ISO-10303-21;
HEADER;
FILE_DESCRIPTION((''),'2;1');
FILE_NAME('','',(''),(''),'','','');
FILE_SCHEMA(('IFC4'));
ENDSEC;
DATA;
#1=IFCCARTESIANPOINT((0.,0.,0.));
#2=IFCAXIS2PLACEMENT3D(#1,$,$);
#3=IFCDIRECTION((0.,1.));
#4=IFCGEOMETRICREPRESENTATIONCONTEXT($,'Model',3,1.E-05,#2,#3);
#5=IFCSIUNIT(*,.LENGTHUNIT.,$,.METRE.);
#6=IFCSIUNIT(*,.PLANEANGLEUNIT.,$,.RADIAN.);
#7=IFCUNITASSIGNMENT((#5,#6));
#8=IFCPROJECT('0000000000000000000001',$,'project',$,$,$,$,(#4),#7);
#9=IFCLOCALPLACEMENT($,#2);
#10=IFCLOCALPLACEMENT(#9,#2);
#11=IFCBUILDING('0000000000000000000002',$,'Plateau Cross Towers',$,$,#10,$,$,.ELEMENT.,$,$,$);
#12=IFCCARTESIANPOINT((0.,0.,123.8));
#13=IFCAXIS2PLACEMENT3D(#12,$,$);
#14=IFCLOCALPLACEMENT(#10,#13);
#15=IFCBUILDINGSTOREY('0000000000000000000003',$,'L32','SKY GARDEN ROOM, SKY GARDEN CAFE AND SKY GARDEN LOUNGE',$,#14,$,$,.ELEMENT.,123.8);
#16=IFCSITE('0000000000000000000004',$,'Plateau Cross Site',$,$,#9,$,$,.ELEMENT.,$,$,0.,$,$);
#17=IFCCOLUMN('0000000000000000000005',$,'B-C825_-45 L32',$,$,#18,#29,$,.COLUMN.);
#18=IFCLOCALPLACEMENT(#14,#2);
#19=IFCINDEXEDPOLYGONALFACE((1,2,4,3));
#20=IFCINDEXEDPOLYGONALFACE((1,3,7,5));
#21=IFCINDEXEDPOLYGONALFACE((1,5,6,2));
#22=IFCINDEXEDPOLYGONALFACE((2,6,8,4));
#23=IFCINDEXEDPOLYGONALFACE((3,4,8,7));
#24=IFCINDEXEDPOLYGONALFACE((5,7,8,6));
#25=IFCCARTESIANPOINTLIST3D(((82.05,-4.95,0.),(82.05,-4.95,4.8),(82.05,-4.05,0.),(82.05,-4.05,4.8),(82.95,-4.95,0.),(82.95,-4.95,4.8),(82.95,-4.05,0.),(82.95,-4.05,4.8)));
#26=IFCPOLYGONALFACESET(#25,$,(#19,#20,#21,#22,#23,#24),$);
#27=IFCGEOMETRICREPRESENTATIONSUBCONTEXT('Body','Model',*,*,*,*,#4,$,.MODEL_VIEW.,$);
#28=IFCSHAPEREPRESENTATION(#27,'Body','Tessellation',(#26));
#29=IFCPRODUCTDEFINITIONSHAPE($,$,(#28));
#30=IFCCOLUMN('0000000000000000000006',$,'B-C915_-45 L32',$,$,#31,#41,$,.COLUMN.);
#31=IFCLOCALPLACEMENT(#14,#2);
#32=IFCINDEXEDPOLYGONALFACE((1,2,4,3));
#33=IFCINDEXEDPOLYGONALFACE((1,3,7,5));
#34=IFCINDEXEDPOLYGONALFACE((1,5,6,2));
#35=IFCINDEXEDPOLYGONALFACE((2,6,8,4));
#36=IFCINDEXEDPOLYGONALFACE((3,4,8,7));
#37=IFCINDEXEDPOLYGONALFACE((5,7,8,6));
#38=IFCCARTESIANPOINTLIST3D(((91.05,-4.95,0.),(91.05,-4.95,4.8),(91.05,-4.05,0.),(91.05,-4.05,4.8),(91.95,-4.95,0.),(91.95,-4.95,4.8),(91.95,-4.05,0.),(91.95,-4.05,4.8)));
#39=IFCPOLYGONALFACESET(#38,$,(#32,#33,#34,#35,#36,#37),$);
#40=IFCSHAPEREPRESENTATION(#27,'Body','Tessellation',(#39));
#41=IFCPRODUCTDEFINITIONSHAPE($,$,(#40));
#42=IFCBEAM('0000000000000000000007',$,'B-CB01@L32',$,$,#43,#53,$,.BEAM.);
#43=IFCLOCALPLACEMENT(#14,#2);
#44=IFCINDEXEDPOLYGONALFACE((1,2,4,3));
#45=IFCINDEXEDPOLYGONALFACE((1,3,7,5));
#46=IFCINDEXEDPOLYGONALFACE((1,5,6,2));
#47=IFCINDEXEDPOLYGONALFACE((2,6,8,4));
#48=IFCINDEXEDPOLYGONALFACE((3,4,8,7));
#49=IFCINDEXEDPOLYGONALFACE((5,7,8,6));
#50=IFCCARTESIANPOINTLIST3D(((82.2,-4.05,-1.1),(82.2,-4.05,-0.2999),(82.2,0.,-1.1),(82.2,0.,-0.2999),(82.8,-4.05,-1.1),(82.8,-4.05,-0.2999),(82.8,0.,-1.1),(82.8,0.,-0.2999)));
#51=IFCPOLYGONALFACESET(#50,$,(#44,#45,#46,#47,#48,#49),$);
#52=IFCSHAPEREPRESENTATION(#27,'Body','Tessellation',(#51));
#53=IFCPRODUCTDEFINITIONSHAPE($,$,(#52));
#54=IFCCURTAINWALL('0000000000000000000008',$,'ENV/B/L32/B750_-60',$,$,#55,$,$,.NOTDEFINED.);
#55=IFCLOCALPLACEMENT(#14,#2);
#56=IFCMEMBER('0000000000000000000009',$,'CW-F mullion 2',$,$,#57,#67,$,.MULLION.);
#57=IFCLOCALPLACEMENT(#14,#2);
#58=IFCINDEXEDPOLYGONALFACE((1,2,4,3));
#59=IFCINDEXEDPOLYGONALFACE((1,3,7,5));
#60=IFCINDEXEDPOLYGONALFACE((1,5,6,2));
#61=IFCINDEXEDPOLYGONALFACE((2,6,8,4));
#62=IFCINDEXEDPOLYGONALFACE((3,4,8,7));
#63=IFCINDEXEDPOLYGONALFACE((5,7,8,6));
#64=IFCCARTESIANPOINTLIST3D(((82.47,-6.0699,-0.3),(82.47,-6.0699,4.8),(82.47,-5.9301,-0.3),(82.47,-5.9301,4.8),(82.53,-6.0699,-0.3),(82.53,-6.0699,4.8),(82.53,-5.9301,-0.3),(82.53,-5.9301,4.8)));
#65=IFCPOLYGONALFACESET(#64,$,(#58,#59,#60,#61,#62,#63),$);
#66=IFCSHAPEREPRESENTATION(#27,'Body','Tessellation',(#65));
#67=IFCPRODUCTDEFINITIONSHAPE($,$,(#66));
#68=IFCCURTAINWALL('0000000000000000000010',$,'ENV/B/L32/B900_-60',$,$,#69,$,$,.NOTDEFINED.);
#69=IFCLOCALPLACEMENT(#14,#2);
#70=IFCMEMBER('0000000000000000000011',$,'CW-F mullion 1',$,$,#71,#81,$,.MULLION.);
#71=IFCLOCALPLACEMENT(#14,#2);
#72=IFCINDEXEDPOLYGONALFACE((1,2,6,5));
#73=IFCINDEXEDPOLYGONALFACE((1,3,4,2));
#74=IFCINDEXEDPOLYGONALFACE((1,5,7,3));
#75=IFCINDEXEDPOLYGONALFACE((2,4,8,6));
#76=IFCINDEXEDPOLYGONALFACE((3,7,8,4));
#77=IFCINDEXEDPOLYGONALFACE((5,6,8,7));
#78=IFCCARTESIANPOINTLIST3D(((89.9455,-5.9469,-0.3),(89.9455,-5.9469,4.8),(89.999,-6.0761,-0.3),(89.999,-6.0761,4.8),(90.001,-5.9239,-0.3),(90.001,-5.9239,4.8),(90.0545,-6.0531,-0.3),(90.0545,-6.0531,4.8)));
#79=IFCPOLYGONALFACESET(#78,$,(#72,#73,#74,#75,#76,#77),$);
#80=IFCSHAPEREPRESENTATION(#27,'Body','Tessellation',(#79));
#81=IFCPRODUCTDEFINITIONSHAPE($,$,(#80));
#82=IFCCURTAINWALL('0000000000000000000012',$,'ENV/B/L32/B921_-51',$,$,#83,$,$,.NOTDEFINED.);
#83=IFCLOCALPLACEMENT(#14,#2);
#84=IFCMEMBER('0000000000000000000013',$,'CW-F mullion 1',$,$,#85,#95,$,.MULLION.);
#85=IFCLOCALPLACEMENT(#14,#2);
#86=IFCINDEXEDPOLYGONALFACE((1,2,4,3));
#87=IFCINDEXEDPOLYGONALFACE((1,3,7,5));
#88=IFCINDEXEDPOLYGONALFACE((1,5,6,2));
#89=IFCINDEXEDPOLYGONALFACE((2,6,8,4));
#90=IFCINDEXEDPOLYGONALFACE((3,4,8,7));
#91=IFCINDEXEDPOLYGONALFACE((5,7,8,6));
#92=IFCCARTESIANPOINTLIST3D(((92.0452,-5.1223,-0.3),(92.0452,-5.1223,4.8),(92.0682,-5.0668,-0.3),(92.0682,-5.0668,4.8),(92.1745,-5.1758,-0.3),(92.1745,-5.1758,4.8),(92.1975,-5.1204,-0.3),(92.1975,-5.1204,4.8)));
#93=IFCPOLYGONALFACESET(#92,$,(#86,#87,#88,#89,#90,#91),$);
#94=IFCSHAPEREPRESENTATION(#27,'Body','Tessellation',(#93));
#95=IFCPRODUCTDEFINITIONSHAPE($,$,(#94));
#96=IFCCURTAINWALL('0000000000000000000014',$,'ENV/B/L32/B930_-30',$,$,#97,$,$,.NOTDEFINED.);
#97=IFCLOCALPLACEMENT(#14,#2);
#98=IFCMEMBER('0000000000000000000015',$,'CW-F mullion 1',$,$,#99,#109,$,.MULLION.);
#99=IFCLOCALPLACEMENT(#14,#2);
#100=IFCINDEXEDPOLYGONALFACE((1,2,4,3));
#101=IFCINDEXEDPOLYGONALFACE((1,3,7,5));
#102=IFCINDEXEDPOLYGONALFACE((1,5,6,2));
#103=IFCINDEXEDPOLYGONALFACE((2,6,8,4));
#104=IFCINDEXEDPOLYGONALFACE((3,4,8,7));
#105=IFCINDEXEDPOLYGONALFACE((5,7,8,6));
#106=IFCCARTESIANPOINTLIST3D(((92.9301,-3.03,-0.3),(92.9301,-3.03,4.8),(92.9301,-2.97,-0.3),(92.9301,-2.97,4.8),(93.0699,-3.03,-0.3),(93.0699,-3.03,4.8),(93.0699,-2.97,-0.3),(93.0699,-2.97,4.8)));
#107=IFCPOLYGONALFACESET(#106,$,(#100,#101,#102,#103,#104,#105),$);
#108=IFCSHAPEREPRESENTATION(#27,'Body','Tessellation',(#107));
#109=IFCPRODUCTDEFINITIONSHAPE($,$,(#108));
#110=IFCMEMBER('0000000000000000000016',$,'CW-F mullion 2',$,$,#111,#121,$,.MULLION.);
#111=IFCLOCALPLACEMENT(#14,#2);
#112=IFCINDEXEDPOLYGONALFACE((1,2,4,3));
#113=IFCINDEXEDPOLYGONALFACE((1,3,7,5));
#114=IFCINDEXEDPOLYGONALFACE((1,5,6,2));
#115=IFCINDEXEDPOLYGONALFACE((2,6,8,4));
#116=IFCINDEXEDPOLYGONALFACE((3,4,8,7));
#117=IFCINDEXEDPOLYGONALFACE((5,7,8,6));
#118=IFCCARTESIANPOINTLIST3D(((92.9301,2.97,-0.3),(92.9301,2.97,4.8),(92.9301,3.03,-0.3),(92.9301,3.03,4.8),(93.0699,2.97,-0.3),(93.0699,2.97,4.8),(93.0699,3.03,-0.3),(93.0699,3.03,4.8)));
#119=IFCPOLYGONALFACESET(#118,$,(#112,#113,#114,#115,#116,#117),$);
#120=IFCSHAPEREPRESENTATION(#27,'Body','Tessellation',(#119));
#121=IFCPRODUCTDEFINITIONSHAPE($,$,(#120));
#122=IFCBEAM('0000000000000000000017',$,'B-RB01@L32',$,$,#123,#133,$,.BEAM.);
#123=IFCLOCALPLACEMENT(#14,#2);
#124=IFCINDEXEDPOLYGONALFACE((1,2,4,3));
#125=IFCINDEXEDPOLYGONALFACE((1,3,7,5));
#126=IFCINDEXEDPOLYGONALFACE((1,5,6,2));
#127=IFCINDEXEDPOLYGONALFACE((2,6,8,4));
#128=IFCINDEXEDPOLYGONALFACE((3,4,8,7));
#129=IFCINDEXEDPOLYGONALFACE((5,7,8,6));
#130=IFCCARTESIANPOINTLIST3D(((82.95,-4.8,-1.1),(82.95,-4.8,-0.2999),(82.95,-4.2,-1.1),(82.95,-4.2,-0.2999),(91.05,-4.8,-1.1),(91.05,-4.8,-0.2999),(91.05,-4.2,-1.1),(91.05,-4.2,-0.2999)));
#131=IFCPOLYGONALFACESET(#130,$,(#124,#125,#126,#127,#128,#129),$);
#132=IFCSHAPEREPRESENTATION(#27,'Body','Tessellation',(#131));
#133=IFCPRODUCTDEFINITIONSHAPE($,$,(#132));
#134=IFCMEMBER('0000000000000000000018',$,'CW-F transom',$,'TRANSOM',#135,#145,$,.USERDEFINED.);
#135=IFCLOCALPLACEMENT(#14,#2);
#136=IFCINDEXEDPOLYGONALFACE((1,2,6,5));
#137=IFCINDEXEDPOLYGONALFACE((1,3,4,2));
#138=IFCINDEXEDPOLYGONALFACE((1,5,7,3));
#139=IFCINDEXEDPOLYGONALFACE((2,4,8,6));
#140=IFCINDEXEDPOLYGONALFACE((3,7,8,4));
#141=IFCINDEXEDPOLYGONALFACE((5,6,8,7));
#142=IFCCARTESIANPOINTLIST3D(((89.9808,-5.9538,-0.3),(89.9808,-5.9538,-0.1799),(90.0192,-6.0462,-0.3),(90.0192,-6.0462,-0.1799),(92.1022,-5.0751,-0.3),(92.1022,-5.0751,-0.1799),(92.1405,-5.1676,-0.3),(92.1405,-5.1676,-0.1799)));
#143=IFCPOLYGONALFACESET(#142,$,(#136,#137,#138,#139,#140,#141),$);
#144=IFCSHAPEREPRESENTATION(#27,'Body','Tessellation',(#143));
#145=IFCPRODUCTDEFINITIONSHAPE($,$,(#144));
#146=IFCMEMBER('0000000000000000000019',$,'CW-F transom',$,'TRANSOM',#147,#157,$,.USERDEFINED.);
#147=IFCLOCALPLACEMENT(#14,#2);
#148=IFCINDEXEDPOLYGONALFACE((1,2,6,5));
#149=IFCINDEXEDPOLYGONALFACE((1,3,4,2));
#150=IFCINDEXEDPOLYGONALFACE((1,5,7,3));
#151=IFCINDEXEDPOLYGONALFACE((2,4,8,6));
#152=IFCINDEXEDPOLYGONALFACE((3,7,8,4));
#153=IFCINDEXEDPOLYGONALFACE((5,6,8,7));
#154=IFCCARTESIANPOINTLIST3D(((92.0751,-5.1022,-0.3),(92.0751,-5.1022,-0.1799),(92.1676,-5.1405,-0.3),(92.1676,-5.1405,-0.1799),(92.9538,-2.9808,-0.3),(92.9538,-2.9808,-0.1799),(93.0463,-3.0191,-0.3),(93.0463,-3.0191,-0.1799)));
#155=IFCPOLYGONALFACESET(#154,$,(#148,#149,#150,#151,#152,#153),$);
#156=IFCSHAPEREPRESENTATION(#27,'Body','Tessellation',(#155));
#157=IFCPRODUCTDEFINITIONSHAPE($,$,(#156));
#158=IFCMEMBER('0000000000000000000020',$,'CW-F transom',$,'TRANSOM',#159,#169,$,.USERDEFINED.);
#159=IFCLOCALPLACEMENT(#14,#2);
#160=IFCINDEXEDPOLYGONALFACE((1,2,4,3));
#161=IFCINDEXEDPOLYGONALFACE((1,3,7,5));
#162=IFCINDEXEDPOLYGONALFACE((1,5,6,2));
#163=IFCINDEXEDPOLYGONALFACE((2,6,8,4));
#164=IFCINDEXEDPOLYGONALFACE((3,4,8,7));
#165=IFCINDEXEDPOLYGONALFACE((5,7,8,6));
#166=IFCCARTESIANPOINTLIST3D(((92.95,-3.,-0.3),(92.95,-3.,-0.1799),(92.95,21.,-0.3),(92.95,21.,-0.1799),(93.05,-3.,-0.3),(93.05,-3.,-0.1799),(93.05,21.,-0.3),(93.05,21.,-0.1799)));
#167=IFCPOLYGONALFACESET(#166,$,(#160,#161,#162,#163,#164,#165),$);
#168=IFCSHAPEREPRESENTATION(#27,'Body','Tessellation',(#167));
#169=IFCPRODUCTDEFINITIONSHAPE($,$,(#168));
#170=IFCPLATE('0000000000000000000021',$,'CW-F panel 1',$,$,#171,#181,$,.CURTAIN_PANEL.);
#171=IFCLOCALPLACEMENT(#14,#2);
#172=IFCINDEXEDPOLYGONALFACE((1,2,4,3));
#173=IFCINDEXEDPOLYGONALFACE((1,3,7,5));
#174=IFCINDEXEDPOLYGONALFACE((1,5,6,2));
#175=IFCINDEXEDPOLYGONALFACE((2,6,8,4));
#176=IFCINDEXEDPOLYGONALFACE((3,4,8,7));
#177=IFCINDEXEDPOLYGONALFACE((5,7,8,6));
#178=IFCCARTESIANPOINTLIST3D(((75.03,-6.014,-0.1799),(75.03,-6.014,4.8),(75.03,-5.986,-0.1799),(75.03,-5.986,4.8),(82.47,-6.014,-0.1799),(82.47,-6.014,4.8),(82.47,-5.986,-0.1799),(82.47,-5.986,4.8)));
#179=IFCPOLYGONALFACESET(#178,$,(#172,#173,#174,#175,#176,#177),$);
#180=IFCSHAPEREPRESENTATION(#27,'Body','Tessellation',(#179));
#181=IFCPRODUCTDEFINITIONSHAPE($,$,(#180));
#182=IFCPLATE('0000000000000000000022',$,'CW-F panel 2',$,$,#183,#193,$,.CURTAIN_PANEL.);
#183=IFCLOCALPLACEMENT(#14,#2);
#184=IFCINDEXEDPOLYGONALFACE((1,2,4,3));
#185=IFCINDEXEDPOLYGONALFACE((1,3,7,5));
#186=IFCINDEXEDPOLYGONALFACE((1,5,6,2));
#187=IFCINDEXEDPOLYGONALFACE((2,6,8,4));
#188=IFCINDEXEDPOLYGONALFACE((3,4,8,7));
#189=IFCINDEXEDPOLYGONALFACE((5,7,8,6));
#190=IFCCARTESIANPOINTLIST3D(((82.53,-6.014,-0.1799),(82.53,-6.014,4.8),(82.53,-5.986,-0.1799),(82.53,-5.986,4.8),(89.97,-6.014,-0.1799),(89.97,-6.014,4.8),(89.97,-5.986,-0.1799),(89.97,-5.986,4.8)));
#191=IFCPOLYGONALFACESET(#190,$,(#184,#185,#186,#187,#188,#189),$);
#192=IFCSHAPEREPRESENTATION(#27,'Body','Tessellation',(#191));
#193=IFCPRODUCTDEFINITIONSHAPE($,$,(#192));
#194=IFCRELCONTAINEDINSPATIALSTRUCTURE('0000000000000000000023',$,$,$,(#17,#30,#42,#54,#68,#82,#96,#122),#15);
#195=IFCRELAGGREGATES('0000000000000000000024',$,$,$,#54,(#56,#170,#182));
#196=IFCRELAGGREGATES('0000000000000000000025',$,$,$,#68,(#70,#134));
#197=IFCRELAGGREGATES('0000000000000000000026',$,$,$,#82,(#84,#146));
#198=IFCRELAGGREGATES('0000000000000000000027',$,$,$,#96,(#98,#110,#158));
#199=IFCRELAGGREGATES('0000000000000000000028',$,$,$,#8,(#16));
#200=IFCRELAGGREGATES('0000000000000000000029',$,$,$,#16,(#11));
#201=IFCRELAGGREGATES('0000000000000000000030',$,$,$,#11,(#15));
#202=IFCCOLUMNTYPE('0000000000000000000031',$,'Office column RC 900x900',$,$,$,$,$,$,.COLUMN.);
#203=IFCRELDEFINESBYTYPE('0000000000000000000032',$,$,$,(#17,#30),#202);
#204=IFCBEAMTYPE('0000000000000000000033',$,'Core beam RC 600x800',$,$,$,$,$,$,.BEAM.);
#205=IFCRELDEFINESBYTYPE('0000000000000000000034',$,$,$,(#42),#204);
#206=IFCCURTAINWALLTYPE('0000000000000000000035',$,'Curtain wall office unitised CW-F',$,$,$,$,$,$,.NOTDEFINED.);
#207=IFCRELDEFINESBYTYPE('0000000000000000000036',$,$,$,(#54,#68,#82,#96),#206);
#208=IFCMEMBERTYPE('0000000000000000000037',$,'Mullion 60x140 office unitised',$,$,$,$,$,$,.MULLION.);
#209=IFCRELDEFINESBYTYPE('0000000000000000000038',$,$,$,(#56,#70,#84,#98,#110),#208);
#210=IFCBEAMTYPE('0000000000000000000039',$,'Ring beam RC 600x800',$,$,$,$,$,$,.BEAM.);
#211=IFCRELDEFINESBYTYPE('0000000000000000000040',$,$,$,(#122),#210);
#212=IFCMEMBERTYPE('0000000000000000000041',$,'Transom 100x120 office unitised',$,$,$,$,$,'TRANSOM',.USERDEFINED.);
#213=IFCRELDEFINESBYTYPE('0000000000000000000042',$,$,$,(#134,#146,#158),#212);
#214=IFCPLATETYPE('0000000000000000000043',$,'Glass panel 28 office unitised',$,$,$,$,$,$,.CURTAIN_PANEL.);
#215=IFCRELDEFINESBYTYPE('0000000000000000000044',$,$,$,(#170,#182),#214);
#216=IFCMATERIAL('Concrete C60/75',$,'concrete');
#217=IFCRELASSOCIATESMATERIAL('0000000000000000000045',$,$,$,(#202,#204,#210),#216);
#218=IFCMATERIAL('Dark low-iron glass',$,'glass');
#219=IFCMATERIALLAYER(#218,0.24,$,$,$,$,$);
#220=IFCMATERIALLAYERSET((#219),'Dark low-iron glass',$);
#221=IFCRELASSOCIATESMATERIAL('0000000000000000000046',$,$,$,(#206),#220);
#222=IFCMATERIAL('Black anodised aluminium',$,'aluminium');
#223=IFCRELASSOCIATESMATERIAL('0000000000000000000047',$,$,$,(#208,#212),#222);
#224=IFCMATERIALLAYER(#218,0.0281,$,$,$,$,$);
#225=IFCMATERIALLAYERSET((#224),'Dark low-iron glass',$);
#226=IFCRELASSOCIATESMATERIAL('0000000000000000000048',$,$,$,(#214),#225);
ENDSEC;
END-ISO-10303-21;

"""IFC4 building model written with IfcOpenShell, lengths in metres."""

from ifc_helpers import new_model, si_unit, direction, frame, origin, origin_2d, place, context, subcontext, project, spatial, rectangle, extrude, material, layer, layer_set, material_profile, profile_set, type_object, element, aggregate, save


model = new_model("IFC4")

# Units and contexts
model_context = context("Model", 3, precision=1e-05, world=origin(), true_north=direction((0.0, 1.0)))
body_context = subcontext(model_context, "Body", "Model", "MODEL_VIEW")
ifc_project = project(units=[si_unit("LENGTHUNIT", "METRE"), si_unit("PLANEANGLEUNIT", "RADIAN")], contexts=[model_context])

# Site, building, storey
site_placement = place(None, origin())
site = spatial("IfcSite", under=ifc_project, at=site_placement, Name="Plateau Cross Site", CompositionType="ELEMENT", RefElevation=0.0)
building_placement = place(site_placement, origin())
building = spatial("IfcBuilding", under=site, at=building_placement, Name="Plateau Cross Towers", CompositionType="ELEMENT")
storey_placement = place(building_placement, frame((0.0, 0.0, 123.8)))
storey = spatial("IfcBuildingStorey", under=building, at=storey_placement, Name="L32", Description="SKY GARDEN ROOM, SKY GARDEN CAFE AND SKY GARDEN LOUNGE", CompositionType="ELEMENT", Elevation=123.8)

# Columns
ifc_material_1 = material(Name="Concrete C60/75", Category="concrete")
ifc_material_profile_1 = material_profile(ifc_material_1, rectangle(XDim=0.8999, YDim=0.8999, at=origin_2d()), Name="RC 900x900")
ifc_profile_set_1 = profile_set([ifc_material_profile_1], Name="Concrete C60/75")
column_type = type_object("IfcColumnType", Name="Office column RC 900x900", PredefinedType="COLUMN", material=ifc_profile_set_1)
for number, where, z_axis, x_axis, name in (
    (1, (82.5, -4.5, 0.0), (0.0, 0.0, 1.0), (1.0, 0.0, 0.0), "B-C825_-45 L32"),
    (2, (91.5, -4.5, 0.0), (0.0, 0.0, 1.0), (1.0, 0.0, 0.0), "B-C915_-45 L32"),
):
    element("IfcColumn", number, at=place(storey_placement, frame(where, z_axis=z_axis, x_axis=x_axis)), inside=storey, type_object=column_type, Name=name, PredefinedType="COLUMN", context=body_context, shape_type="SweptSolid", body=[
        extrude(rectangle(XDim=0.8999, YDim=0.8999, at=origin_2d()), origin(), (0.0, 0.0, 1.0), 4.8),
    ])

# Beam
ifc_material_profile_2 = material_profile(ifc_material_1, rectangle(XDim=0.6001, YDim=0.8, at=origin_2d()), Name="RC 600x800")
ifc_profile_set_2 = profile_set([ifc_material_profile_2], Name="Concrete C60/75")
beam_type_1 = type_object("IfcBeamType", Name="Core beam RC 600x800", PredefinedType="BEAM", material=ifc_profile_set_2)
beam_1_placement = place(storey_placement, frame((82.5, 0.0, -0.7), z_axis=(0.0, -1.0, 0.0), x_axis=(1.0, 0.0, 0.0)))
element("IfcBeam", 3, at=beam_1_placement, inside=storey, type_object=beam_type_1, Name="B-CB01@L32", PredefinedType="BEAM", context=body_context, shape_type="SweptSolid", body=[
    extrude(rectangle(XDim=0.6001, YDim=0.8, at=origin_2d()), origin(), (0.0, 0.0, 1.0), 4.05),
])

# Curtain walls, members
ifc_material_2 = material(Name="Dark low-iron glass", Category="glass")
ifc_layer_1 = layer(ifc_material_2, 0.24)
ifc_layer_set_1 = layer_set([ifc_layer_1], Name="Dark low-iron glass")
curtain_wall_type = type_object("IfcCurtainWallType", Name="Curtain wall office unitised CW-F", PredefinedType="NOTDEFINED", material=ifc_layer_set_1)
curtain_wall_1_placement = place(storey_placement, origin())
curtain_wall_1 = element("IfcCurtainWall", 4, at=curtain_wall_1_placement, inside=storey, type_object=curtain_wall_type, Name="ENV/B/L32/B750_-60", PredefinedType="NOTDEFINED")
ifc_material_3 = material(Name="Black anodised aluminium", Category="aluminium")
ifc_material_profile_3 = material_profile(ifc_material_3, rectangle(XDim=0.0601, YDim=0.1399, at=origin_2d()), Name="MULLION 60x140")
ifc_profile_set_3 = profile_set([ifc_material_profile_3], Name="Black anodised aluminium")
member_type_1 = type_object("IfcMemberType", Name="Mullion 60x140 office unitised", PredefinedType="MULLION", material=ifc_profile_set_3)
member_1_placement = place(storey_placement, frame((82.5, -6.0, -0.3), z_axis=(0.0, 0.0, 1.0), x_axis=(1.0, 0.0, 0.0)))
member_1 = element("IfcMember", 5, at=member_1_placement, type_object=member_type_1, Name="CW-F mullion 2", PredefinedType="MULLION", context=body_context, shape_type="SweptSolid", body=[
    extrude(rectangle(XDim=0.0601, YDim=0.1399, at=origin_2d()), origin(), (0.0, 0.0, 1.0), 5.1001),
])
curtain_wall_2_placement = place(storey_placement, origin())
curtain_wall_2 = element("IfcCurtainWall", 6, at=curtain_wall_2_placement, inside=storey, type_object=curtain_wall_type, Name="ENV/B/L32/B900_-60", PredefinedType="NOTDEFINED")
member_2_placement = place(storey_placement, frame((90.0, -6.0, -0.3), z_axis=(0.0, 0.0, 1.0), x_axis=(0.923879, 0.382684, 0.0)))
member_2 = element("IfcMember", 7, at=member_2_placement, type_object=member_type_1, Name="CW-F mullion 1", PredefinedType="MULLION", context=body_context, shape_type="SweptSolid", body=[
    extrude(rectangle(XDim=0.0601, YDim=0.1399, at=origin_2d()), origin(), (0.0, 0.0, 1.0), 5.1001),
])
curtain_wall_3_placement = place(storey_placement, origin())
curtain_wall_3 = element("IfcCurtainWall", 8, at=curtain_wall_3_placement, inside=storey, type_object=curtain_wall_type, Name="ENV/B/L32/B921_-51", PredefinedType="NOTDEFINED")
member_3_placement = place(storey_placement, frame((92.1213, -5.1213, -0.3), z_axis=(0.0, 0.0, 1.0), x_axis=(0.382684, 0.923879, 0.0)))
member_3 = element("IfcMember", 9, at=member_3_placement, type_object=member_type_1, Name="CW-F mullion 1", PredefinedType="MULLION", context=body_context, shape_type="SweptSolid", body=[
    extrude(rectangle(XDim=0.0601, YDim=0.1399, at=origin_2d()), origin(), (0.0, 0.0, 1.0), 5.1001),
])

# Curtain wall, members
curtain_wall_4_placement = place(storey_placement, origin())
curtain_wall_4 = element("IfcCurtainWall", 10, at=curtain_wall_4_placement, inside=storey, type_object=curtain_wall_type, Name="ENV/B/L32/B930_-30", PredefinedType="NOTDEFINED")
member_4_placement = place(storey_placement, frame((93.0, -3.0, -0.3), z_axis=(0.0, 0.0, 1.0), x_axis=(0.0, 1.0, 0.0)))
member_4 = element("IfcMember", 11, at=member_4_placement, type_object=member_type_1, Name="CW-F mullion 1", PredefinedType="MULLION", context=body_context, shape_type="SweptSolid", body=[
    extrude(rectangle(XDim=0.0601, YDim=0.1399, at=origin_2d()), origin(), (0.0, 0.0, 1.0), 5.1001),
])
member_5_placement = place(storey_placement, frame((93.0, 3.0, -0.3), z_axis=(0.0, 0.0, 1.0), x_axis=(0.0, 1.0, 0.0)))
member_5 = element("IfcMember", 12, at=member_5_placement, type_object=member_type_1, Name="CW-F mullion 2", PredefinedType="MULLION", context=body_context, shape_type="SweptSolid", body=[
    extrude(rectangle(XDim=0.0601, YDim=0.1399, at=origin_2d()), origin(), (0.0, 0.0, 1.0), 5.1001),
])

# Beam
ifc_material_profile_4 = material_profile(ifc_material_1, rectangle(XDim=0.6001, YDim=0.8, at=origin_2d()), Name="RC 600x800")
ifc_profile_set_4 = profile_set([ifc_material_profile_4], Name="Concrete C60/75")
beam_type_2 = type_object("IfcBeamType", Name="Ring beam RC 600x800", PredefinedType="BEAM", material=ifc_profile_set_4)
beam_2_placement = place(storey_placement, frame((82.95, -4.5, -0.7), z_axis=(1.0, 0.0, 0.0), x_axis=(0.0, 1.0, 0.0)))
element("IfcBeam", 13, at=beam_2_placement, inside=storey, type_object=beam_type_2, Name="B-RB01@L32", PredefinedType="BEAM", context=body_context, shape_type="SweptSolid", body=[
    extrude(rectangle(XDim=0.6001, YDim=0.8, at=origin_2d()), origin(), (0.0, 0.0, 1.0), 8.1001),
])

# Members
ifc_material_profile_5 = material_profile(ifc_material_3, rectangle(XDim=0.1001, YDim=0.1201, at=origin_2d()), Name="TRANSOM 100x120")
ifc_profile_set_5 = profile_set([ifc_material_profile_5], Name="Black anodised aluminium")
member_type_2 = type_object("IfcMemberType", Name="Transom 100x120 office unitised", ElementType="TRANSOM", PredefinedType="USERDEFINED", material=ifc_profile_set_5)
member_6_placement = place(storey_placement, frame((90.0, -6.0, -0.24), z_axis=(0.923883, 0.382674, 0.0), x_axis=(-0.382674, 0.923883, 0.0)))
member_6 = element("IfcMember", 14, at=member_6_placement, type_object=member_type_2, Name="CW-F transom", ObjectType="TRANSOM", PredefinedType="USERDEFINED", context=body_context, shape_type="SweptSolid", body=[
    extrude(rectangle(XDim=0.1001, YDim=0.1201, at=origin_2d()), origin(), (0.0, 0.0, 1.0), 2.2961),
])
member_7_placement = place(storey_placement, frame((92.1213, -5.1213, -0.24), z_axis=(0.382674, 0.923883, 0.0), x_axis=(-0.923883, 0.382674, 0.0)))
member_7 = element("IfcMember", 15, at=member_7_placement, type_object=member_type_2, Name="CW-F transom", ObjectType="TRANSOM", PredefinedType="USERDEFINED", context=body_context, shape_type="SweptSolid", body=[
    extrude(rectangle(XDim=0.1001, YDim=0.1201, at=origin_2d()), origin(), (0.0, 0.0, 1.0), 2.2961),
])
member_8_placement = place(storey_placement, frame((93.0, -3.0, -0.24), z_axis=(0.0, 1.0, 0.0), x_axis=(-1.0, 0.0, 0.0)))
member_8 = element("IfcMember", 16, at=member_8_placement, type_object=member_type_2, Name="CW-F transom", ObjectType="TRANSOM", PredefinedType="USERDEFINED", context=body_context, shape_type="SweptSolid", body=[
    extrude(rectangle(XDim=0.1001, YDim=0.1201, at=origin_2d()), origin(), (0.0, 0.0, 1.0), 24.0),
])

# Plates
ifc_layer_2 = layer(ifc_material_2, 0.0281)
ifc_layer_set_2 = layer_set([ifc_layer_2], Name="Dark low-iron glass")
plate_type = type_object("IfcPlateType", Name="Glass panel 28 office unitised", PredefinedType="CURTAIN_PANEL", material=ifc_layer_set_2)
plate_1_placement = place(storey_placement, frame((78.75, -6.0, -0.1799), z_axis=(0.0, 0.0, 1.0), x_axis=(1.0, 0.0, 0.0)))
plate_1 = element("IfcPlate", 17, at=plate_1_placement, type_object=plate_type, Name="CW-F panel 1", PredefinedType="CURTAIN_PANEL", context=body_context, shape_type="SweptSolid", body=[
    extrude(rectangle(XDim=7.4399, YDim=0.0281, at=origin_2d()), origin(), (0.0, 0.0, 1.0), 4.98),
])
plate_2_placement = place(storey_placement, frame((86.25, -6.0, -0.1799), z_axis=(0.0, 0.0, 1.0), x_axis=(1.0, 0.0, 0.0)))
plate_2 = element("IfcPlate", 18, at=plate_2_placement, type_object=plate_type, Name="CW-F panel 2", PredefinedType="CURTAIN_PANEL", context=body_context, shape_type="SweptSolid", body=[
    extrude(rectangle(XDim=7.4399, YDim=0.0281, at=origin_2d()), origin(), (0.0, 0.0, 1.0), 4.98),
])
aggregate(curtain_wall_1, [member_1, plate_1, plate_2])
aggregate(curtain_wall_2, [member_2, member_6])
aggregate(curtain_wall_3, [member_3, member_7])
aggregate(curtain_wall_4, [member_4, member_5, member_8])

save(model, "model.ifc")
